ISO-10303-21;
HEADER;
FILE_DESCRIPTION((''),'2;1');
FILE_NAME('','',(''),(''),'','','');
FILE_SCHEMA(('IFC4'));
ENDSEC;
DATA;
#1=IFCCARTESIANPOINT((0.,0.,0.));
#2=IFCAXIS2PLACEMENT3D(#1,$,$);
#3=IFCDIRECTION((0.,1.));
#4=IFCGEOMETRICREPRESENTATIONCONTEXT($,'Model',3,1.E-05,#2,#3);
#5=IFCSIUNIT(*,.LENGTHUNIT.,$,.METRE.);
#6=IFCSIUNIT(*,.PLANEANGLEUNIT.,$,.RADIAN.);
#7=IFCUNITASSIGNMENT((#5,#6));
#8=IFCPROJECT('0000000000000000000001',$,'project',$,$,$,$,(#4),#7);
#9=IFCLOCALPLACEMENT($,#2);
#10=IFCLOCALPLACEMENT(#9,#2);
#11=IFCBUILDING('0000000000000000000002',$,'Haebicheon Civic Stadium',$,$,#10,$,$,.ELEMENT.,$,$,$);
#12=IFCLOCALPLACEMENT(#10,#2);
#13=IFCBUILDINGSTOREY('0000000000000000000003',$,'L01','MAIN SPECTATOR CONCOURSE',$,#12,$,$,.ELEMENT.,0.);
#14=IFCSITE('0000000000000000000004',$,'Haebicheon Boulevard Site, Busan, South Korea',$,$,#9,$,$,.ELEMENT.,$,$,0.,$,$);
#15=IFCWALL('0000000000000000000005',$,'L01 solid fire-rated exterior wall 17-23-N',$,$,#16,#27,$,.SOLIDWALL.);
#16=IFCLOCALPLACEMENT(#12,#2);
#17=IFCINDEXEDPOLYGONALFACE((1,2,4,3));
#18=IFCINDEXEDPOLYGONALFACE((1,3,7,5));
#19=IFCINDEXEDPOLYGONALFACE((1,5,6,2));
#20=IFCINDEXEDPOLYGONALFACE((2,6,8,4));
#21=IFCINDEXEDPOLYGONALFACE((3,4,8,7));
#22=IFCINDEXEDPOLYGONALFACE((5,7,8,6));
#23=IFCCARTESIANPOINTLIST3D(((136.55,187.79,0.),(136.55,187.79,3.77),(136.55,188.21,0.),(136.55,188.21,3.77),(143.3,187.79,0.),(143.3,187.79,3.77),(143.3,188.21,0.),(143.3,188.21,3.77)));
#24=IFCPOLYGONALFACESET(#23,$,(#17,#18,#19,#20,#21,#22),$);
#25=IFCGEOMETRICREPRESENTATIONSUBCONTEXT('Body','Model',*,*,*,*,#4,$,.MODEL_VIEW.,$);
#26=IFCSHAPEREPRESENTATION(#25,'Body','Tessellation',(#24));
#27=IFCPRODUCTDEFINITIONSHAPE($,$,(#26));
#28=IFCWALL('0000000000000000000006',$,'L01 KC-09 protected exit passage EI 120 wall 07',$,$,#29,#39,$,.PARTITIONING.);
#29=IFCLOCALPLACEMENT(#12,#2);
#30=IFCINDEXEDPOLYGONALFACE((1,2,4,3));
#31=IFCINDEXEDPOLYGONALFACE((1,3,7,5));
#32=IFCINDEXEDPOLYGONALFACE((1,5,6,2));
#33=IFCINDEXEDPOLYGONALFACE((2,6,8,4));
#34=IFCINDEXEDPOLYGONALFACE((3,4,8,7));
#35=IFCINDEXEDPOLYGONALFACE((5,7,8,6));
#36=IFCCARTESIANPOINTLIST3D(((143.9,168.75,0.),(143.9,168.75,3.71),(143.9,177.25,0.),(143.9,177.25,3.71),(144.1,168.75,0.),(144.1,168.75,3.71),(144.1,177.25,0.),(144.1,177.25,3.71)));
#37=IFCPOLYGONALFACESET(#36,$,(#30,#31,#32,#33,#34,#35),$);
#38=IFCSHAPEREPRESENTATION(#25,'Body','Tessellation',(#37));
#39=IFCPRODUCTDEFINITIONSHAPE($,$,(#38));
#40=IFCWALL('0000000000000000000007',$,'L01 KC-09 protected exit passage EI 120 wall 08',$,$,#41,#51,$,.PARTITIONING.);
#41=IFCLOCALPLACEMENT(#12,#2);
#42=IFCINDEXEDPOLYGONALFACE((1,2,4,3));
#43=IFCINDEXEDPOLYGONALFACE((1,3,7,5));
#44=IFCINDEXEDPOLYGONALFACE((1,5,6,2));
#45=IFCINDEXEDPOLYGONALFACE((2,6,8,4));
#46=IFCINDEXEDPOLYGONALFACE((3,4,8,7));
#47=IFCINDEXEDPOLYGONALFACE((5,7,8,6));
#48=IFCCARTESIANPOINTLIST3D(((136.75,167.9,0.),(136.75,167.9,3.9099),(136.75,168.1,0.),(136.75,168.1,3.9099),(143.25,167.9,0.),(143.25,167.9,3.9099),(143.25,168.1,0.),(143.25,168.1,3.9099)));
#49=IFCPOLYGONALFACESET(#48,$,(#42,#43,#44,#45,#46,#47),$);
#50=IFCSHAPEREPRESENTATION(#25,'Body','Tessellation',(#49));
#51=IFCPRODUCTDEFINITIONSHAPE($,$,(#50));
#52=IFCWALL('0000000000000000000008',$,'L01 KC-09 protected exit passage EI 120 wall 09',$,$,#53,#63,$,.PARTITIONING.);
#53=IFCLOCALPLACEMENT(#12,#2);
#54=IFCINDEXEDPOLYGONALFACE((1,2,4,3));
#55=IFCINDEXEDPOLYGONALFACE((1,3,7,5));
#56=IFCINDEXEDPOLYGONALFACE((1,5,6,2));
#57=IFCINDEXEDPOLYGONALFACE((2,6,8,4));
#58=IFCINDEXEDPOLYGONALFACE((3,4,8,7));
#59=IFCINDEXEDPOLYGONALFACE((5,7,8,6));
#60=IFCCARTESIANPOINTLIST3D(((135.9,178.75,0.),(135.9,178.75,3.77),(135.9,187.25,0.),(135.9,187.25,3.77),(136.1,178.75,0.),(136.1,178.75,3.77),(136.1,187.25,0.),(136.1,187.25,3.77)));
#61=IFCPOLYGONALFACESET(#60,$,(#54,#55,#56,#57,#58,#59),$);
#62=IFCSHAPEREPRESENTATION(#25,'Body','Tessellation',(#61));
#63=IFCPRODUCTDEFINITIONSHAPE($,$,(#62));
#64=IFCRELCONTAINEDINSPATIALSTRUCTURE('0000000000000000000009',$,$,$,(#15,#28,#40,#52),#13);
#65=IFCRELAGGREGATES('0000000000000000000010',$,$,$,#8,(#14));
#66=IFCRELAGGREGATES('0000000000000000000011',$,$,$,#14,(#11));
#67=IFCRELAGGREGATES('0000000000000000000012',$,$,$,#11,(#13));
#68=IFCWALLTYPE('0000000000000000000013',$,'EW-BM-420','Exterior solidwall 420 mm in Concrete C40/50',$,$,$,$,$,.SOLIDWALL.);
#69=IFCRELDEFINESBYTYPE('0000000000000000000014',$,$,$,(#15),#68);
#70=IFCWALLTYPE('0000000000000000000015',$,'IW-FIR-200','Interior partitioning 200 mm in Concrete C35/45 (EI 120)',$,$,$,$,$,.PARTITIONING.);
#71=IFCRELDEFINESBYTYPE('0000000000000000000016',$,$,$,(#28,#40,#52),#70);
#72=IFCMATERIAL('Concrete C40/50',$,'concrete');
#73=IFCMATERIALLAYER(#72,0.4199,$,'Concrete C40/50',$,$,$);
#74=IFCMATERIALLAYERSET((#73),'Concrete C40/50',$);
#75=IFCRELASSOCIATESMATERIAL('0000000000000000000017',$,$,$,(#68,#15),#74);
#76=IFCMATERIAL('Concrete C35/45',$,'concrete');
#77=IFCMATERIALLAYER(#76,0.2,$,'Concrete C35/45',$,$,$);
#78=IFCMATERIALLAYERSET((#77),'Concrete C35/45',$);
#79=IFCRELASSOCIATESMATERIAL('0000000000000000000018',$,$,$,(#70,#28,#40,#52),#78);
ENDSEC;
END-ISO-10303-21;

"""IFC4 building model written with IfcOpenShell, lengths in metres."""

from ifc_helpers import new_model, si_unit, direction, frame, frame_2d, origin, place, context, subcontext, project, spatial, rectangle, extrude, material, layer, layer_set, type_object, element, save


model = new_model("IFC4")

# Units and contexts
model_context = context("Model", 3, precision=1e-05, world=origin(), true_north=direction((0.0, 1.0)))
body_context = subcontext(model_context, "Body", "Model", "MODEL_VIEW")
ifc_project = project(units=[si_unit("LENGTHUNIT", "METRE"), si_unit("PLANEANGLEUNIT", "RADIAN")], contexts=[model_context])

# Site, building, storey
site_placement = place(None, origin())
site = spatial("IfcSite", under=ifc_project, at=site_placement, Name="Haebicheon Boulevard Site, Busan, South Korea", CompositionType="ELEMENT", RefElevation=0.0)
building_placement = place(site_placement, origin())
building = spatial("IfcBuilding", under=site, at=building_placement, Name="Haebicheon Civic Stadium", CompositionType="ELEMENT")
storey_placement = place(building_placement, origin())
storey = spatial("IfcBuildingStorey", under=building, at=storey_placement, Name="L01", Description="MAIN SPECTATOR CONCOURSE", CompositionType="ELEMENT", Elevation=0.0)

# Walls
ifc_material_1 = material(Name="Concrete C40/50", Category="concrete")
ifc_layer_1 = layer(ifc_material_1, 0.4199, Name="Concrete C40/50")
ifc_layer_set_1 = layer_set([ifc_layer_1], Name="Concrete C40/50")
wall_type_1 = type_object("IfcWallType", Name="EW-BM-420", Description="Exterior solidwall 420 mm in Concrete C40/50", PredefinedType="SOLIDWALL", material=ifc_layer_set_1)
wall_1_placement = place(storey_placement, frame((136.55, 188.0, 0.0), z_axis=(0.0, 0.0, 1.0), x_axis=(1.0, 0.0, 0.0)))
element("IfcWall", 1, at=wall_1_placement, inside=storey, type_object=wall_type_1, material=ifc_layer_set_1, Name="L01 solid fire-rated exterior wall 17-23-N", PredefinedType="SOLIDWALL", context=body_context, shape_type="SweptSolid", body=[
    extrude(rectangle(XDim=6.75, YDim=0.4199, at=frame_2d((3.375, 0.0))), origin(), (0.0, 0.0, 1.0), 3.77),
])
ifc_material_2 = material(Name="Concrete C35/45", Category="concrete")
ifc_layer_2 = layer(ifc_material_2, 0.2, Name="Concrete C35/45")
ifc_layer_set_2 = layer_set([ifc_layer_2], Name="Concrete C35/45")
wall_type_2 = type_object("IfcWallType", Name="IW-FIR-200", Description="Interior partitioning 200 mm in Concrete C35/45 (EI 120)", PredefinedType="PARTITIONING", material=ifc_layer_set_2)
wall_2_placement = place(storey_placement, frame((144.0, 168.75, 0.0), z_axis=(0.0, 0.0, 1.0), x_axis=(0.0, 1.0, 0.0)))
element("IfcWall", 2, at=wall_2_placement, inside=storey, type_object=wall_type_2, material=ifc_layer_set_2, Name="L01 KC-09 protected exit passage EI 120 wall 07", PredefinedType="PARTITIONING", context=body_context, shape_type="SweptSolid", body=[
    extrude(rectangle(XDim=8.5, YDim=0.2, at=frame_2d((4.25, 0.0))), origin(), (0.0, 0.0, 1.0), 3.71),
])
wall_3_placement = place(storey_placement, frame((136.75, 168.0, 0.0), z_axis=(0.0, 0.0, 1.0), x_axis=(1.0, 0.0, 0.0)))
element("IfcWall", 3, at=wall_3_placement, inside=storey, type_object=wall_type_2, material=ifc_layer_set_2, Name="L01 KC-09 protected exit passage EI 120 wall 08", PredefinedType="PARTITIONING", context=body_context, shape_type="SweptSolid", body=[
    extrude(rectangle(XDim=6.5, YDim=0.2, at=frame_2d((3.25, 0.0))), origin(), (0.0, 0.0, 1.0), 3.9099),
])
wall_4_placement = place(storey_placement, frame((136.0, 178.75, 0.0), z_axis=(0.0, 0.0, 1.0), x_axis=(0.0, 1.0, 0.0)))
element("IfcWall", 4, at=wall_4_placement, inside=storey, type_object=wall_type_2, material=ifc_layer_set_2, Name="L01 KC-09 protected exit passage EI 120 wall 09", PredefinedType="PARTITIONING", context=body_context, shape_type="SweptSolid", body=[
    extrude(rectangle(XDim=8.5, YDim=0.2, at=frame_2d((4.25, 0.0))), origin(), (0.0, 0.0, 1.0), 3.77),
])

save(model, "model.ifc")
